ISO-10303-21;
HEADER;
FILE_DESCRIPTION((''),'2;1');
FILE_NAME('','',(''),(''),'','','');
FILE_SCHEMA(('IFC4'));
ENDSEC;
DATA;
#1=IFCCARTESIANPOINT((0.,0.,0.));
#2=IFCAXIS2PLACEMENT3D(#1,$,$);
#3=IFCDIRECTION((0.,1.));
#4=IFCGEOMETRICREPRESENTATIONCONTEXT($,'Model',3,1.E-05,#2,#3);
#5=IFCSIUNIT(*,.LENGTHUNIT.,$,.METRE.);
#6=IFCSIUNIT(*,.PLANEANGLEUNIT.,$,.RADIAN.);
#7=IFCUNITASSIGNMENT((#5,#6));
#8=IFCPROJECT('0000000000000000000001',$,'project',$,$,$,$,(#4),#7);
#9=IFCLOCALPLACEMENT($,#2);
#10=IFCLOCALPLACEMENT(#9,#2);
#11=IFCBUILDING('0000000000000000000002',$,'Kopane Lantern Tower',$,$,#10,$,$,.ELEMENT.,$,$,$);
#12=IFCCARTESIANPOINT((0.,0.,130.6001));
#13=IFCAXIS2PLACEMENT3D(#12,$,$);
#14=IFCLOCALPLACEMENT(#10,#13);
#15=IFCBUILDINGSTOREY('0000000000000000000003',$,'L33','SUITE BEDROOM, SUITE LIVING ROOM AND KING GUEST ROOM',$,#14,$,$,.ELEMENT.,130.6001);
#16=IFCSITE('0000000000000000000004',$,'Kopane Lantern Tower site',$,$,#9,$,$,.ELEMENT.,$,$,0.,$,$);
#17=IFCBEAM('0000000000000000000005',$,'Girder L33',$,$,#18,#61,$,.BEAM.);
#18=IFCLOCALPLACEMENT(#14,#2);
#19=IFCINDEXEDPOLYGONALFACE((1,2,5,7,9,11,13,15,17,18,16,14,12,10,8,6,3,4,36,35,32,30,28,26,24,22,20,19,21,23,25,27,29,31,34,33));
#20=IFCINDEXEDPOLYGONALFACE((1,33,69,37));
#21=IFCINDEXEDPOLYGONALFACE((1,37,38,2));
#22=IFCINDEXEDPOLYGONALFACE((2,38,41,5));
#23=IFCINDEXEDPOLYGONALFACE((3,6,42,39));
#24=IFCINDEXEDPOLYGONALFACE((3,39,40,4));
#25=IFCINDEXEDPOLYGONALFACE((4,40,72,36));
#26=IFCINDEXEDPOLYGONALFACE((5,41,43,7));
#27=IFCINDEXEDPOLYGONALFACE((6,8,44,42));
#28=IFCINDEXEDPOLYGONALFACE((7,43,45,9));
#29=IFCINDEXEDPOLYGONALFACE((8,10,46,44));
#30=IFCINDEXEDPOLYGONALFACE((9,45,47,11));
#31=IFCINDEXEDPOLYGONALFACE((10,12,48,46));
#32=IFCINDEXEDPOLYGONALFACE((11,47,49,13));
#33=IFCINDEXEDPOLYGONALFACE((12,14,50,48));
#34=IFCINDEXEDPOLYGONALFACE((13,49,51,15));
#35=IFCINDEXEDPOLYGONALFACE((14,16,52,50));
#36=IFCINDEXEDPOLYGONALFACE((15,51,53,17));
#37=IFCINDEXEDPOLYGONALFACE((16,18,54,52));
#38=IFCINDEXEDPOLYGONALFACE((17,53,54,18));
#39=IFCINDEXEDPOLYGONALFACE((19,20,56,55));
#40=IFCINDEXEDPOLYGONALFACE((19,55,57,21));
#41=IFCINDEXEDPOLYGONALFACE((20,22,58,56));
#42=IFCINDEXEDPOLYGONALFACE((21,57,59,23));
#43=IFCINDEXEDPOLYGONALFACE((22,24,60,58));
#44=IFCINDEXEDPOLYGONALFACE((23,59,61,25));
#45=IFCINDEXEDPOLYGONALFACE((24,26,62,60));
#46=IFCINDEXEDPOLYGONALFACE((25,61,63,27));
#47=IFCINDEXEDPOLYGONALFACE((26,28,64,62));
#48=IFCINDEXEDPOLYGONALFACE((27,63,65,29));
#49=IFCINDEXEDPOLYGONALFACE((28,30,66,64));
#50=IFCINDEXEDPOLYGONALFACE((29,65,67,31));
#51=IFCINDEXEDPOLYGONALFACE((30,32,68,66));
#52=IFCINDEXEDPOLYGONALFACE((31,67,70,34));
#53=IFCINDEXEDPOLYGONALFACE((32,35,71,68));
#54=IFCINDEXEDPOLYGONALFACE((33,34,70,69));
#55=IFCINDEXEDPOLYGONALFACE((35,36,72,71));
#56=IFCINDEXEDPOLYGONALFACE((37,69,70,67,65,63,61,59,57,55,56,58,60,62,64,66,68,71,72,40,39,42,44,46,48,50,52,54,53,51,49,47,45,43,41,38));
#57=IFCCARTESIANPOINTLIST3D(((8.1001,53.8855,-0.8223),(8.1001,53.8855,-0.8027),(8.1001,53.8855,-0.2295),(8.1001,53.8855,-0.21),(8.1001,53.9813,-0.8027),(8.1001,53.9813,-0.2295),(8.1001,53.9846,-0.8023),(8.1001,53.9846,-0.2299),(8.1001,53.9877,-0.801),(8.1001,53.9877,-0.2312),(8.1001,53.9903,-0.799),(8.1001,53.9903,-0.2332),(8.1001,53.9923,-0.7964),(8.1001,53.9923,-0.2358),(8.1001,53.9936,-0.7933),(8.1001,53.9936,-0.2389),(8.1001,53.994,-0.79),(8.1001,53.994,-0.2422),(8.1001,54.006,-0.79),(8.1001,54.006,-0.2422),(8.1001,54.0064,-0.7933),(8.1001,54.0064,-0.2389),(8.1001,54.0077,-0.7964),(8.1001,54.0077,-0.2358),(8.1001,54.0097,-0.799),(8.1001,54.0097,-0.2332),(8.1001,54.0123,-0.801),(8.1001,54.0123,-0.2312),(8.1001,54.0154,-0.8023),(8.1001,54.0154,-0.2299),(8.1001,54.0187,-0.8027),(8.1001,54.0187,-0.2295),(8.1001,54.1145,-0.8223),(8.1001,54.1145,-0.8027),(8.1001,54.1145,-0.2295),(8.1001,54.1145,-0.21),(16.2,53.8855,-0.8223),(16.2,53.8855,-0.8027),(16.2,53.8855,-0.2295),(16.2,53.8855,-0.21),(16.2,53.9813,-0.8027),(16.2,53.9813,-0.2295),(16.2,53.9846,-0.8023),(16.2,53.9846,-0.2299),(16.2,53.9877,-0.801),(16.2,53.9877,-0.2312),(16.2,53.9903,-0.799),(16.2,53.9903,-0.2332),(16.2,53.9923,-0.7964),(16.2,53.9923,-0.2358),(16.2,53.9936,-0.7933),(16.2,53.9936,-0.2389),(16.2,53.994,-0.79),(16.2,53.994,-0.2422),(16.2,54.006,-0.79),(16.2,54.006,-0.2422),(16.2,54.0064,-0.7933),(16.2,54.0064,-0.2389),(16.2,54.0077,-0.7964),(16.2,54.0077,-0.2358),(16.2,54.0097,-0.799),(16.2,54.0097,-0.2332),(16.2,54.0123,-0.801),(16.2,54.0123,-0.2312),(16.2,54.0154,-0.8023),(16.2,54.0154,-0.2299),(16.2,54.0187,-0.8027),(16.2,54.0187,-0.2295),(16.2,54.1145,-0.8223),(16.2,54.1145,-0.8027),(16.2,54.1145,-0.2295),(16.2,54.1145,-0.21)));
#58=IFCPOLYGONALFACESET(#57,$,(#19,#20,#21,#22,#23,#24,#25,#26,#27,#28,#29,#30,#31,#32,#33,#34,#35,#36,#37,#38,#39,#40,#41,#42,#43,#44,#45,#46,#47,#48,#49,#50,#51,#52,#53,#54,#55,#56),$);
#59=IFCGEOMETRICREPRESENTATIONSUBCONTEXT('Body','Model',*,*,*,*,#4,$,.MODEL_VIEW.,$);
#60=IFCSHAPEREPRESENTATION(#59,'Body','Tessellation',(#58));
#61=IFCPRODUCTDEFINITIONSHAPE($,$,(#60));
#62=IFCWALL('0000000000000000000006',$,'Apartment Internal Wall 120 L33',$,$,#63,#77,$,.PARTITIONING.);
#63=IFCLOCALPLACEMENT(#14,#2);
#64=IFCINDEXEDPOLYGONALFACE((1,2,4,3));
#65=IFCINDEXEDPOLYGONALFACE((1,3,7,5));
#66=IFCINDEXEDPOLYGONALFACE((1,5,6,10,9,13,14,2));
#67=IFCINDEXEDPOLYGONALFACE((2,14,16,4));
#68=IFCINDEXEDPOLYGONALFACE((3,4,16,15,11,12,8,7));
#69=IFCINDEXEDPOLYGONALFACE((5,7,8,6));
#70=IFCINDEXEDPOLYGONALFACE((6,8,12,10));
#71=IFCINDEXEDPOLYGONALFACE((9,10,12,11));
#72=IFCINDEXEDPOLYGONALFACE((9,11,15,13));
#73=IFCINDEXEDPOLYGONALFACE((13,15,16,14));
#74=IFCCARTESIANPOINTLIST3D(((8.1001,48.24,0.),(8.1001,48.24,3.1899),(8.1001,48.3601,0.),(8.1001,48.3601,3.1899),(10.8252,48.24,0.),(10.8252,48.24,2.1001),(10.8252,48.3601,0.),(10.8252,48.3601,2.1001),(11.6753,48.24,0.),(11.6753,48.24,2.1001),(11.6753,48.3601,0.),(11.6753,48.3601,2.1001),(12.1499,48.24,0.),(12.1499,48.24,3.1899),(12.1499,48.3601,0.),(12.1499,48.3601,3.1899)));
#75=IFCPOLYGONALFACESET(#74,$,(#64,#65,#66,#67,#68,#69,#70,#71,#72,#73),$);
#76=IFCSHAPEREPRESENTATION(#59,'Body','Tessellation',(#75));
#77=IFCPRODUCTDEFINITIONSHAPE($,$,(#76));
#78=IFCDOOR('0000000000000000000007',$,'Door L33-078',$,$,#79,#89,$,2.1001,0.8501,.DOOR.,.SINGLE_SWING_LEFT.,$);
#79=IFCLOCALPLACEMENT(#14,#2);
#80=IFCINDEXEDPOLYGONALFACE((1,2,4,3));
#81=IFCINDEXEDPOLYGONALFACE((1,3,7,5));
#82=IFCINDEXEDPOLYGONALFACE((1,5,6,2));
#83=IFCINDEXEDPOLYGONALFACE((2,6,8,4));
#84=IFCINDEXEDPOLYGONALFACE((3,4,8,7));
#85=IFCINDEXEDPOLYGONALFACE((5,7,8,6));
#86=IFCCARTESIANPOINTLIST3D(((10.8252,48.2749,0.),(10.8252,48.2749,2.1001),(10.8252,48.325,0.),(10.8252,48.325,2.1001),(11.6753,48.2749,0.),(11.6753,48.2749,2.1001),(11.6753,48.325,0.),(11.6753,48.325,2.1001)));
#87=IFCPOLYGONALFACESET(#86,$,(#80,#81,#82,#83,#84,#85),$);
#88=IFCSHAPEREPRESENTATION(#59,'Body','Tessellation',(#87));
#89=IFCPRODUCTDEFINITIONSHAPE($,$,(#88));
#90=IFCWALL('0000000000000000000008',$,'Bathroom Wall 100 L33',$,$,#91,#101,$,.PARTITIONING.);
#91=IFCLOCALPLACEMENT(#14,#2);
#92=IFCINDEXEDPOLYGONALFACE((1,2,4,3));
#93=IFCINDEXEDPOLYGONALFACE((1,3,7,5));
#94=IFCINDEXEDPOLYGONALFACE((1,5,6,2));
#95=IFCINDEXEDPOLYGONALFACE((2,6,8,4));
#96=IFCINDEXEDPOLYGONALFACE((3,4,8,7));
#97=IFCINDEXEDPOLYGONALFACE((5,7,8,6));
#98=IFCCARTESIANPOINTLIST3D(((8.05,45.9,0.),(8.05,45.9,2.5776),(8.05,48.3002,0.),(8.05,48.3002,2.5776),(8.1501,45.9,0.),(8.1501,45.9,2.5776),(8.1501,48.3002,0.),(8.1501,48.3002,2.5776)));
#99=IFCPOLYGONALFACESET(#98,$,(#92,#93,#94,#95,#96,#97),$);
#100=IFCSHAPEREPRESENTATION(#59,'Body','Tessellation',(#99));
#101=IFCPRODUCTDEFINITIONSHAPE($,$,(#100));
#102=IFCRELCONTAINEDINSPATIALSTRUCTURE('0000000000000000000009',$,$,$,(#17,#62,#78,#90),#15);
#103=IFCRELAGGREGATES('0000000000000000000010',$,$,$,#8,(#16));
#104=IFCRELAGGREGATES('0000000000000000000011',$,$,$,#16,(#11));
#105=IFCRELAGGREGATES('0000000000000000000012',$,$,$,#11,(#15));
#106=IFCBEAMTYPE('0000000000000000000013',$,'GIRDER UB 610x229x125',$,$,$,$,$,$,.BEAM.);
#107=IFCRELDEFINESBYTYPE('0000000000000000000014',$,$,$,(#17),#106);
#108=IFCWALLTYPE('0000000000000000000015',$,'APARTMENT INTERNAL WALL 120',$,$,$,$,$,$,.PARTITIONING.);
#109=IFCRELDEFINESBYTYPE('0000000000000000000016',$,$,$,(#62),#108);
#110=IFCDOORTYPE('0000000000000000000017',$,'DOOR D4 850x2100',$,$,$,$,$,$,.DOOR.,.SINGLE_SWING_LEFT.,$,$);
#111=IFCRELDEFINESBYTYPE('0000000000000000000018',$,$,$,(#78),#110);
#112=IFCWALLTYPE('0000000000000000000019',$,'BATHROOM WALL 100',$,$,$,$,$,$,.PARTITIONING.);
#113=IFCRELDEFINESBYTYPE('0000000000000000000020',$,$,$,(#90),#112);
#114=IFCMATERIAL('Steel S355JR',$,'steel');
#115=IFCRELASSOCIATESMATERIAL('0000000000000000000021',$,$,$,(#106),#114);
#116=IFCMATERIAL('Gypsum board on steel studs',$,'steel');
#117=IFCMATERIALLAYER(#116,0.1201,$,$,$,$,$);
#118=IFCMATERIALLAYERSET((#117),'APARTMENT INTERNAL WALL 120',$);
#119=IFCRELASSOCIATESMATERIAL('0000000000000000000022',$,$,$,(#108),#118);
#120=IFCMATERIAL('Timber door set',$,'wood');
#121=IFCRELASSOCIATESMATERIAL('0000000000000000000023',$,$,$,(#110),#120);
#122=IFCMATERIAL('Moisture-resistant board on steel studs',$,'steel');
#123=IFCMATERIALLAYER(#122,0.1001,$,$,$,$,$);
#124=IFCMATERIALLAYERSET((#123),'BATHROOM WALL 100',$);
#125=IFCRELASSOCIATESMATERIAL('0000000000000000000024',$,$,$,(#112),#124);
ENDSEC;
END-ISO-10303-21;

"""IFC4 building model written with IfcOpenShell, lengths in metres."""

from ifc_helpers import new_model, si_unit, direction, frame, frame_2d, origin, origin_2d, place, context, subcontext, project, spatial, rectangle, i_section, extrude, material, layer, layer_set, material_profile, profile_set, type_object, element, fill, save


model = new_model("IFC4")

# Units and contexts
model_context = context("Model", 3, precision=1e-05, world=origin(), true_north=direction((0.0, 1.0)))
body_context = subcontext(model_context, "Body", "Model", "MODEL_VIEW")
ifc_project = project(units=[si_unit("LENGTHUNIT", "METRE"), si_unit("PLANEANGLEUNIT", "RADIAN")], contexts=[model_context])

# Site, building, storey
site_placement = place(None, origin())
site = spatial("IfcSite", under=ifc_project, at=site_placement, Name="Kopane Lantern Tower site", CompositionType="ELEMENT", RefElevation=0.0)
building_placement = place(site_placement, origin())
building = spatial("IfcBuilding", under=site, at=building_placement, Name="Kopane Lantern Tower", CompositionType="ELEMENT")
storey_placement = place(building_placement, frame((0.0, 0.0, 130.6001)))
storey = spatial("IfcBuildingStorey", under=building, at=storey_placement, Name="L33", Description="SUITE BEDROOM, SUITE LIVING ROOM AND KING GUEST ROOM", CompositionType="ELEMENT", Elevation=130.6001)

# Beam
ifc_material_1 = material(Name="Steel S355JR", Category="steel")
ifc_material_profile_1 = material_profile(ifc_material_1, i_section(OverallWidth=0.229, OverallDepth=0.6123, WebThickness=0.012, FlangeThickness=0.0195, FilletRadius=0.0127, at=origin_2d()), Name="UB 610x229x125")
ifc_profile_set_1 = profile_set([ifc_material_profile_1], Name="Steel S355JR")
beam_type_1 = type_object("IfcBeamType", Name="GIRDER UB 610x229x125", PredefinedType="BEAM", material=ifc_profile_set_1)
beam_1_placement = place(storey_placement, frame((8.1001, 54.0, -0.5161), z_axis=(1.0, 0.0, 0.0), x_axis=(0.0, 1.0, 0.0)))
element("IfcBeam", 1, at=beam_1_placement, inside=storey, type_object=beam_type_1, Name="Girder L33", PredefinedType="BEAM", context=body_context, shape_type="SweptSolid", body=[
    extrude(i_section(OverallWidth=0.229, OverallDepth=0.6123, WebThickness=0.012, FlangeThickness=0.0195, FilletRadius=0.0127, at=origin_2d()), origin(), (0.0, 0.0, 1.0), 8.0999),
])

# Wall, opening, door
ifc_material_2 = material(Name="Gypsum board on steel studs", Category="steel")
ifc_layer_1 = layer(ifc_material_2, 0.1201)
ifc_layer_set_1 = layer_set([ifc_layer_1], Name="APARTMENT INTERNAL WALL 120")
wall_type_1 = type_object("IfcWallType", Name="APARTMENT INTERNAL WALL 120", PredefinedType="PARTITIONING", material=ifc_layer_set_1)
wall_1_placement = place(storey_placement, frame((8.1001, 48.3, 0.0), z_axis=(0.0, 0.0, 1.0), x_axis=(1.0, 0.0, 0.0)))
wall_1 = element("IfcWall", 2, at=wall_1_placement, inside=storey, type_object=wall_type_1, Name="Apartment Internal Wall 120 L33", PredefinedType="PARTITIONING", context=body_context, shape_type="SweptSolid", body=[
    extrude(rectangle(XDim=4.0498, YDim=0.1201, at=frame_2d((2.0249, 0.0))), origin(), (0.0, 0.0, 1.0), 3.1899),
])
opening_1_placement = place(wall_1_placement, frame((2.7251, 0.0, 0.0)))
opening_1 = element("IfcOpeningElement", 3, at=opening_1_placement, cuts=wall_1, PredefinedType="OPENING", context=body_context, shape_type="SweptSolid", body=[
    extrude(rectangle(XDim=0.8501, YDim=2.1001, at=frame_2d((0.425, 1.05))), frame((0.0, 0.0701, 0.0), z_axis=(0.0, -1.0, 0.0), x_axis=(1.0, 0.0, 0.0)), (0.0, 0.0, 1.0), 0.1401),
])
ifc_material_3 = material(Name="Timber door set", Category="wood")
door_type_1 = type_object("IfcDoorType", Name="DOOR D4 850x2100", OperationType="SINGLE_SWING_LEFT", PredefinedType="DOOR", material=ifc_material_3)
door_1_placement = place(opening_1_placement, origin())
door_1 = element("IfcDoor", 4, at=door_1_placement, inside=storey, type_object=door_type_1, Name="Door L33-078", OperationType="SINGLE_SWING_LEFT", OverallHeight=2.1001, OverallWidth=0.8501, PredefinedType="DOOR", context=body_context, shape_type="SweptSolid", body=[
    extrude(rectangle(XDim=0.8501, YDim=2.1001, at=frame_2d((0.425, 1.05))), frame((0.0, 0.0249, 0.0), z_axis=(0.0, -1.0, 0.0), x_axis=(1.0, 0.0, 0.0)), (0.0, 0.0, 1.0), 0.05),
])
fill(opening_1, door_1)

# Wall
ifc_material_4 = material(Name="Moisture-resistant board on steel studs", Category="steel")
ifc_layer_2 = layer(ifc_material_4, 0.1001)
ifc_layer_set_2 = layer_set([ifc_layer_2], Name="BATHROOM WALL 100")
wall_type_2 = type_object("IfcWallType", Name="BATHROOM WALL 100", PredefinedType="PARTITIONING", material=ifc_layer_set_2)
wall_2_placement = place(storey_placement, frame((8.1001, 45.8999, 0.0), z_axis=(0.0, 0.0, 1.0), x_axis=(0.0, 1.0, 0.0)))
element("IfcWall", 5, at=wall_2_placement, inside=storey, type_object=wall_type_2, Name="Bathroom Wall 100 L33", PredefinedType="PARTITIONING", context=body_context, shape_type="SweptSolid", body=[
    extrude(rectangle(XDim=2.4001, YDim=0.1001, at=frame_2d((1.2002, 0.0))), origin(), (0.0, 0.0, 1.0), 2.5776),
])

save(model, "model.ifc")
